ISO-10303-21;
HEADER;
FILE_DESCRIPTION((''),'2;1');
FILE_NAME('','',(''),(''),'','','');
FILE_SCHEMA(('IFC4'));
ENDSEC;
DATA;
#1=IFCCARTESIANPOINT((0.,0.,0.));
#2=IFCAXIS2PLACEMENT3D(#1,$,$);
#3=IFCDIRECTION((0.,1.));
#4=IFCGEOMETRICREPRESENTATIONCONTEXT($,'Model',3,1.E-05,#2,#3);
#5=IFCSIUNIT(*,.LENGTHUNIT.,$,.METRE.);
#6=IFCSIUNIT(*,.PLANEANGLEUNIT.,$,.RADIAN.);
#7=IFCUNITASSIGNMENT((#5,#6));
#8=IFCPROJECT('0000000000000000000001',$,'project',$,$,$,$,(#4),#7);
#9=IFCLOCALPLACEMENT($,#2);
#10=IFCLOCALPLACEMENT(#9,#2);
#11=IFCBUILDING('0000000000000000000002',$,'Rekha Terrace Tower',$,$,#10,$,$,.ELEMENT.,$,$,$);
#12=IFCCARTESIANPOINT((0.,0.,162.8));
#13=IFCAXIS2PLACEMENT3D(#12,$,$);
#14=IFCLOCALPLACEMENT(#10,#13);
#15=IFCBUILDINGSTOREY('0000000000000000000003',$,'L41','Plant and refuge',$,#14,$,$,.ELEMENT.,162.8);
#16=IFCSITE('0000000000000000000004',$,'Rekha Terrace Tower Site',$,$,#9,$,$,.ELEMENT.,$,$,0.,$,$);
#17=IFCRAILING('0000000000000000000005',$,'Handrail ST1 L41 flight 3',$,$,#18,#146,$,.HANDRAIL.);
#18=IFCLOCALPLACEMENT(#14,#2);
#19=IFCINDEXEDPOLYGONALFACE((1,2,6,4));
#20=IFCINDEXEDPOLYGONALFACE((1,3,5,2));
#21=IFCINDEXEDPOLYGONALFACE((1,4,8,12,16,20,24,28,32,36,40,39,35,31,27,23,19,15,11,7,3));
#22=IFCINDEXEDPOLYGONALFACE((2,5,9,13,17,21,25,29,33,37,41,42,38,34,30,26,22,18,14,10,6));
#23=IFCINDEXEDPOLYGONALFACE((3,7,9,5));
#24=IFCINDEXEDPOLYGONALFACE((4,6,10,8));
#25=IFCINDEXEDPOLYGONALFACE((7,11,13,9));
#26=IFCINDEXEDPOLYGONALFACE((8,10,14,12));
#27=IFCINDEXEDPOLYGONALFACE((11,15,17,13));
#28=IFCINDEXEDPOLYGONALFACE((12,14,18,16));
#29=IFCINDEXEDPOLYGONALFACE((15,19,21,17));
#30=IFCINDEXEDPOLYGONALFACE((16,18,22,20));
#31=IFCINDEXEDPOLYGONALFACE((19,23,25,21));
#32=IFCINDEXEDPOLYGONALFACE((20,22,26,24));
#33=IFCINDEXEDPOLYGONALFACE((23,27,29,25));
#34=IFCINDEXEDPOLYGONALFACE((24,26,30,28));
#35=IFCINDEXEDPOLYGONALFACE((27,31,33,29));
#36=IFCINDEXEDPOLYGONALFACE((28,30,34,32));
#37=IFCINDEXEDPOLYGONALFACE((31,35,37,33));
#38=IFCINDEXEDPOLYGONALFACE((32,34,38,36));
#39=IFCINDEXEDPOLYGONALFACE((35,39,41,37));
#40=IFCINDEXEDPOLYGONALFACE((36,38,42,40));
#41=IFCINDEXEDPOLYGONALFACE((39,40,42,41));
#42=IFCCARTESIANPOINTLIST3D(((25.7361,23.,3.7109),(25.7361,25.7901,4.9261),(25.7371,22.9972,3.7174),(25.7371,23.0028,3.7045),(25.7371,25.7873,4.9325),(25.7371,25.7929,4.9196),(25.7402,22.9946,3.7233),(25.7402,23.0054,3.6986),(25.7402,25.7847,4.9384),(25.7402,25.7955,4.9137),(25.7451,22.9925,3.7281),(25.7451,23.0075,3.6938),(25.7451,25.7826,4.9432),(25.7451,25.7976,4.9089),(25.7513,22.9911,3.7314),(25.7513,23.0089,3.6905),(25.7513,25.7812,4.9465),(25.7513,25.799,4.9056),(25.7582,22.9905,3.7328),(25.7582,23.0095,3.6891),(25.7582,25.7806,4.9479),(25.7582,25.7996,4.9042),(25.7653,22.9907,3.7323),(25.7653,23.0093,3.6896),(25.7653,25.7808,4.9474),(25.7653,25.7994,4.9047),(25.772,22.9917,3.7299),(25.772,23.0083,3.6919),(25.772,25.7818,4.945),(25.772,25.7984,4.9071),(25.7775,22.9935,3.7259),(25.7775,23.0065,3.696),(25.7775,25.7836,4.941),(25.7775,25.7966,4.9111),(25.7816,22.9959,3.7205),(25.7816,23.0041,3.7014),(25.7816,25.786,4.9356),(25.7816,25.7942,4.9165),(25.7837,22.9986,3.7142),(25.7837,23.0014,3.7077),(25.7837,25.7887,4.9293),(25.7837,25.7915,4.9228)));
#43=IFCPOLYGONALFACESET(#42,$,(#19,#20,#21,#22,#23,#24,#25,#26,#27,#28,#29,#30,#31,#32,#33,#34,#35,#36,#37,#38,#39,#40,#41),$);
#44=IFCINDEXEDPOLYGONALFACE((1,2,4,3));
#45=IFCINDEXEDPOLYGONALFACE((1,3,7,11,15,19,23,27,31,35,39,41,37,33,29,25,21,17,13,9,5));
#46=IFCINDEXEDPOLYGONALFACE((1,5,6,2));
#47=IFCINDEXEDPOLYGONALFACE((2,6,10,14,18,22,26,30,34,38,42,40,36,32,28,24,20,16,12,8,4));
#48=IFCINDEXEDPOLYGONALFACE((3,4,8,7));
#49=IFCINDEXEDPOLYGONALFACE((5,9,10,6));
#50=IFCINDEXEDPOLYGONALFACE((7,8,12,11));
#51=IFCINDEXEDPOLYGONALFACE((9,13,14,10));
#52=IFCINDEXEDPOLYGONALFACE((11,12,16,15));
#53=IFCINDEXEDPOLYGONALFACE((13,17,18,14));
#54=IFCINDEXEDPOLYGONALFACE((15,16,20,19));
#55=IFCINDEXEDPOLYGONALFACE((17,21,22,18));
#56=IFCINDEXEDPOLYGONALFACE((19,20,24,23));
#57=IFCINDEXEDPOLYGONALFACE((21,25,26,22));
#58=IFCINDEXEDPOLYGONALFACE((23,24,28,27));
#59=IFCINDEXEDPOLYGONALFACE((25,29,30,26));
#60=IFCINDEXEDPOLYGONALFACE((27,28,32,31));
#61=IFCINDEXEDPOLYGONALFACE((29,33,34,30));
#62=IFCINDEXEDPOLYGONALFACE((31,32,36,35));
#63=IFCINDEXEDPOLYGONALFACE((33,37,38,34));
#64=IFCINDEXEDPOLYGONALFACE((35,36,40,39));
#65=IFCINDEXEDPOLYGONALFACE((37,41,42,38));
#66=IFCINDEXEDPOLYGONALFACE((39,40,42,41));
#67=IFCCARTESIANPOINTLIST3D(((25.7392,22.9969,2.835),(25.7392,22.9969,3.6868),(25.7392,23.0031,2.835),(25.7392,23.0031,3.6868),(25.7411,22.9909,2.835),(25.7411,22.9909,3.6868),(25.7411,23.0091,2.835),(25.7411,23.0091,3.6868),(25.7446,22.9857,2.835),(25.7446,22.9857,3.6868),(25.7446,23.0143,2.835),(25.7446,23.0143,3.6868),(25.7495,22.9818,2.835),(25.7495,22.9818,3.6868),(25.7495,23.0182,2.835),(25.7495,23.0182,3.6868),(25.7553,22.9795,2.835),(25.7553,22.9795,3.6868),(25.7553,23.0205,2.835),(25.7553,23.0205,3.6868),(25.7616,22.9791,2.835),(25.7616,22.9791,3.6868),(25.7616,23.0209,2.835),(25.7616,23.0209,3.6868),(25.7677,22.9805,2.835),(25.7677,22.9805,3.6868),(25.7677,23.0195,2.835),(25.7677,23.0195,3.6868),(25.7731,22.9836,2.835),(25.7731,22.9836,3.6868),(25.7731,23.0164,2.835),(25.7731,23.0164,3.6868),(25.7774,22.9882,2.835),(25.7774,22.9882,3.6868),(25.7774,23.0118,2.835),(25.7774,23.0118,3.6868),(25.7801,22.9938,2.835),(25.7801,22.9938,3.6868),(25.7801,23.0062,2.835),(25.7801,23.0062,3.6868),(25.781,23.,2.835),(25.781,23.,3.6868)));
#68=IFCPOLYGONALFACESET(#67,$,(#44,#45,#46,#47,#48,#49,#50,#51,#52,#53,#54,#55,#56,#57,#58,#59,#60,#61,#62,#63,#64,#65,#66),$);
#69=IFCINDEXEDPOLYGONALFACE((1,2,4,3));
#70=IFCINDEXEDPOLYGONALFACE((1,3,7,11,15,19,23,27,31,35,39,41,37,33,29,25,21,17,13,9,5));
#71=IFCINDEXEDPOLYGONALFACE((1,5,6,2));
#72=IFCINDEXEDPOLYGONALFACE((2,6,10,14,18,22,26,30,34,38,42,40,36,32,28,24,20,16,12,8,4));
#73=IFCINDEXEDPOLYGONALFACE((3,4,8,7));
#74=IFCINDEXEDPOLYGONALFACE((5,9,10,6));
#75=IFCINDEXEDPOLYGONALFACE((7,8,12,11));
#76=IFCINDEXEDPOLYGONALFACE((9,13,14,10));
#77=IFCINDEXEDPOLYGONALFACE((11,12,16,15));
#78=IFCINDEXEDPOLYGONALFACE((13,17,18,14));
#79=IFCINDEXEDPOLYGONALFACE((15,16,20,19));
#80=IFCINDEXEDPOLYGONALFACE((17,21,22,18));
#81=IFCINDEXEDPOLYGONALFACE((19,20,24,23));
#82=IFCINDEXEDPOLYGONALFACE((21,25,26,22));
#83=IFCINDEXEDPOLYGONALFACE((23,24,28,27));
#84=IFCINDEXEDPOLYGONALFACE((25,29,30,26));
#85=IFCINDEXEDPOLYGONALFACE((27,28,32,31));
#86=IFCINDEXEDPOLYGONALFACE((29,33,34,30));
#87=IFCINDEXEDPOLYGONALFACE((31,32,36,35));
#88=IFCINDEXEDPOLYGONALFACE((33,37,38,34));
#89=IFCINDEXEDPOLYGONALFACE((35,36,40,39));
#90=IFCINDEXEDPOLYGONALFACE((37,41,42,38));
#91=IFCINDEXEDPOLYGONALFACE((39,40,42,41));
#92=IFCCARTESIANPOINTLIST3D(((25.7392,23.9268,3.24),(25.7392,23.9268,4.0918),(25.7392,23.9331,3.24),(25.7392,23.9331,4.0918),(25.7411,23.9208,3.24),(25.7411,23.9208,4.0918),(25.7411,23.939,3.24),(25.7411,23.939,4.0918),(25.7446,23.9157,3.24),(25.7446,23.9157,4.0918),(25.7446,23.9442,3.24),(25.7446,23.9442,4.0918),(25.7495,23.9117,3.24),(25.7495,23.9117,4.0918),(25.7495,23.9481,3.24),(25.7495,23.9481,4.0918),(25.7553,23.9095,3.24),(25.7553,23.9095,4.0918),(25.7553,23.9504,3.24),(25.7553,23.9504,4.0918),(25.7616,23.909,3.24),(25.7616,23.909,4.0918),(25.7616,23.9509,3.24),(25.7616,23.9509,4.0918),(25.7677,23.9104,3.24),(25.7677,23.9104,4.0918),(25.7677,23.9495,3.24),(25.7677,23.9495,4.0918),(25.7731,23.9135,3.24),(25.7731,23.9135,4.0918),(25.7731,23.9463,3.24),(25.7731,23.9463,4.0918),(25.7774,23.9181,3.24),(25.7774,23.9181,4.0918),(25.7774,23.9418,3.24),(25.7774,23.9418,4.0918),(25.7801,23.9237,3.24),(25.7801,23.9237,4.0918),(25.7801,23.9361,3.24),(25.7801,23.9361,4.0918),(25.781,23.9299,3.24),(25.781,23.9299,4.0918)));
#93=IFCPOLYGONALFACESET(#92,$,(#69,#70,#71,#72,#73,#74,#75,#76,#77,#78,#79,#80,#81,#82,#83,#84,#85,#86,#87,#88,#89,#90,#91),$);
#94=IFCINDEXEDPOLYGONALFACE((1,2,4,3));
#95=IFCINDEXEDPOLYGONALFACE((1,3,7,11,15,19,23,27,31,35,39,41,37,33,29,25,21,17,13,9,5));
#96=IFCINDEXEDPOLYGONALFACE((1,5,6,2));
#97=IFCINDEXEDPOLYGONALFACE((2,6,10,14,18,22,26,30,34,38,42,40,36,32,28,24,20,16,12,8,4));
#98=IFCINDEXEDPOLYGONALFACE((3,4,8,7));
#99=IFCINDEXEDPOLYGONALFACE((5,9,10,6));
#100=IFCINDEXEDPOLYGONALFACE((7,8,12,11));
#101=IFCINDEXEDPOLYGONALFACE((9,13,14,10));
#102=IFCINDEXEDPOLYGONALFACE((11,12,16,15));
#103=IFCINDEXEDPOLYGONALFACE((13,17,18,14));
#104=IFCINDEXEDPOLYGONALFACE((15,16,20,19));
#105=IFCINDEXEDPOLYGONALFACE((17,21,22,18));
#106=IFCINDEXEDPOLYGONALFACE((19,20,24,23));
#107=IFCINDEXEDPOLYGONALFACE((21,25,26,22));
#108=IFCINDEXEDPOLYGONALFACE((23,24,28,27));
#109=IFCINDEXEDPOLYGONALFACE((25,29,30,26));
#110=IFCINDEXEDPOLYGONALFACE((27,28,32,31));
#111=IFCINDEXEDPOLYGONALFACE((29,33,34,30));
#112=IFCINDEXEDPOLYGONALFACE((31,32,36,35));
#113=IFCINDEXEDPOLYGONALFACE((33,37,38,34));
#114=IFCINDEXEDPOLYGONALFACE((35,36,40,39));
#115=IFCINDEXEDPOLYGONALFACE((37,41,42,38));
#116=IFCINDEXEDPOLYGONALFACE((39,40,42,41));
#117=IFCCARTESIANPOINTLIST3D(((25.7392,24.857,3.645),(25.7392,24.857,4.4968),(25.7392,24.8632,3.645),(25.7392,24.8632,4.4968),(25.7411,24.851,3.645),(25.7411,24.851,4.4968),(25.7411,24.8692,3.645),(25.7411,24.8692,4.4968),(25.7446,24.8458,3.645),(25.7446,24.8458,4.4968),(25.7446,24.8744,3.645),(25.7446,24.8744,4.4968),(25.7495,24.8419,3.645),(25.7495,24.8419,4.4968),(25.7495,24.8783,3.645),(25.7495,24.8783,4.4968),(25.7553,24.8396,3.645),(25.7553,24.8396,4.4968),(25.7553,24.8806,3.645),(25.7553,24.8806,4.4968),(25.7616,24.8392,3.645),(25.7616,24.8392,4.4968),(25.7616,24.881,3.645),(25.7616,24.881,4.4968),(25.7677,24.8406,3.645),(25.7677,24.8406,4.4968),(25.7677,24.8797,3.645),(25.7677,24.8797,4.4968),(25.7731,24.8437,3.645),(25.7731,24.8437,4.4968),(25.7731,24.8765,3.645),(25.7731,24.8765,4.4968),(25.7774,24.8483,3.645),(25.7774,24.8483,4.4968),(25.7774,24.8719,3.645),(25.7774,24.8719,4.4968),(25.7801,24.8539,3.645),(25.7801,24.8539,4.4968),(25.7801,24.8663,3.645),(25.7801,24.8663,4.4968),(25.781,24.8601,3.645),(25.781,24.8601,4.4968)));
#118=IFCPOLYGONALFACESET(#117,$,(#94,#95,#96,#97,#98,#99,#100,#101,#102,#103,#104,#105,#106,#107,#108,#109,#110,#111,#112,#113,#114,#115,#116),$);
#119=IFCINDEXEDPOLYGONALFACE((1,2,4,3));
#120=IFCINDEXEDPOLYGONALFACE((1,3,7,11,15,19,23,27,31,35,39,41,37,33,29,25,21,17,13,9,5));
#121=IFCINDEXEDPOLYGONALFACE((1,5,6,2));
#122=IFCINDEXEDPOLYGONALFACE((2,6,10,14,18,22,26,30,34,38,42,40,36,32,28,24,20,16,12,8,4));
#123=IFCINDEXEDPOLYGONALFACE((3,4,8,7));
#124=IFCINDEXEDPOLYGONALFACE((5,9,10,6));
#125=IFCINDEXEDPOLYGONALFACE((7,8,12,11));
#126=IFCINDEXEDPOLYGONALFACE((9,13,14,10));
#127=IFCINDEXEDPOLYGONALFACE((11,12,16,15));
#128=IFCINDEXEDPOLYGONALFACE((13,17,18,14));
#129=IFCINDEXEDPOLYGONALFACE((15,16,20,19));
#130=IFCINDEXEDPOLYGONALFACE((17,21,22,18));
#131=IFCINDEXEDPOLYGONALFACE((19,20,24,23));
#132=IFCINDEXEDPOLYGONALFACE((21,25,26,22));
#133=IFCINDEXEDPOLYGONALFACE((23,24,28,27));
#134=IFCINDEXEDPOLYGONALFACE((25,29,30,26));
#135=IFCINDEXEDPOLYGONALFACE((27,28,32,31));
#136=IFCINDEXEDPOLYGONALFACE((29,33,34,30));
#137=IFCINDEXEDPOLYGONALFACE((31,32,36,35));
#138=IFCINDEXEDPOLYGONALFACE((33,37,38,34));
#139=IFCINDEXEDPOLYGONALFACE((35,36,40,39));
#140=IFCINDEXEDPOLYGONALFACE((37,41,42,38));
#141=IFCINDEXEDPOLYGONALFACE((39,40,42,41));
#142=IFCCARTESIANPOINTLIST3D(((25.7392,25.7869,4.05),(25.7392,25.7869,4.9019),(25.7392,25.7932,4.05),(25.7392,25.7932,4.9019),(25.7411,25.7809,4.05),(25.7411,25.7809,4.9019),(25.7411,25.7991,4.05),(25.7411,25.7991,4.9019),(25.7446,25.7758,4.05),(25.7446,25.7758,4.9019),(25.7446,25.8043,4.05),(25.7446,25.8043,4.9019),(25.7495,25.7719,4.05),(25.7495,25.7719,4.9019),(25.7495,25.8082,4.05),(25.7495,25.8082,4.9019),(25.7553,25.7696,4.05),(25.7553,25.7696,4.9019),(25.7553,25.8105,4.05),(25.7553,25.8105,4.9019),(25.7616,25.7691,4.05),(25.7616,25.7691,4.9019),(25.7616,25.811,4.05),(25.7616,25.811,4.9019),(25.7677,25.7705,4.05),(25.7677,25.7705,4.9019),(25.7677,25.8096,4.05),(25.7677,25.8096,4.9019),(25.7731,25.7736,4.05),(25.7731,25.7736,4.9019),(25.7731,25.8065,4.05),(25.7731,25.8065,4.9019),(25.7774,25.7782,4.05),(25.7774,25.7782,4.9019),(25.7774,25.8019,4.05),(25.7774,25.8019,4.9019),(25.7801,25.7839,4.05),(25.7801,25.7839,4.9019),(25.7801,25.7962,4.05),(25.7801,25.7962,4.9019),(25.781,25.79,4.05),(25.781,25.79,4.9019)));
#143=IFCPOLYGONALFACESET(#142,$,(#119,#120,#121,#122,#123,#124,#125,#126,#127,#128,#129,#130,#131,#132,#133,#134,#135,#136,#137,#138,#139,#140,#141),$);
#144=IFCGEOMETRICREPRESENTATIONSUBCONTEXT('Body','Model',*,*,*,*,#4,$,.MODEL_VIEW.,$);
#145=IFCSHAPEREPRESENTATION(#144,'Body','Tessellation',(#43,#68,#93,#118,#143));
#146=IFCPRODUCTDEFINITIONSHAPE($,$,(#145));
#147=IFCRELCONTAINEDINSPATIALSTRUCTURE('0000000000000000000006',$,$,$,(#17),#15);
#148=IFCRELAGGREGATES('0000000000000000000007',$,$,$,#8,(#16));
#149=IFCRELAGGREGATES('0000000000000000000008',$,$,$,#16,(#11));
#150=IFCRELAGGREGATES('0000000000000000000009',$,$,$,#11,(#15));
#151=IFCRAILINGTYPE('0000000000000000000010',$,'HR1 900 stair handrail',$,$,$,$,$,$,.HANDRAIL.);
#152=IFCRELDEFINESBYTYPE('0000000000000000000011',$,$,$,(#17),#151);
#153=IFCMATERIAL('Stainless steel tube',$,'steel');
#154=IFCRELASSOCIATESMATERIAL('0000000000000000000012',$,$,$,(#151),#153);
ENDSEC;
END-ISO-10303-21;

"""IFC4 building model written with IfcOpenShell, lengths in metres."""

from ifc_helpers import new_model, si_unit, direction, frame, origin, origin_2d, place, context, subcontext, project, spatial, circle, extrude, material, type_object, element, save


model = new_model("IFC4")

# Units and contexts
model_context = context("Model", 3, precision=1e-05, world=origin(), true_north=direction((0.0, 1.0)))
body_context = subcontext(model_context, "Body", "Model", "MODEL_VIEW")
ifc_project = project(units=[si_unit("LENGTHUNIT", "METRE"), si_unit("PLANEANGLEUNIT", "RADIAN")], contexts=[model_context])

# Site, building, storey
site_placement = place(None, origin())
site = spatial("IfcSite", under=ifc_project, at=site_placement, Name="Rekha Terrace Tower Site", CompositionType="ELEMENT", RefElevation=0.0)
building_placement = place(site_placement, origin())
building = spatial("IfcBuilding", under=site, at=building_placement, Name="Rekha Terrace Tower", CompositionType="ELEMENT")
storey_placement = place(building_placement, frame((0.0, 0.0, 162.8)))
storey = spatial("IfcBuildingStorey", under=building, at=storey_placement, Name="L41", Description="Plant and refuge", CompositionType="ELEMENT", Elevation=162.8)

# Railing
ifc_material_1 = material(Name="Stainless steel tube", Category="steel")
railing_type_1 = type_object("IfcRailingType", Name="HR1 900 stair handrail", PredefinedType="HANDRAIL", material=ifc_material_1)
railing_1_placement = place(storey_placement, frame((25.76, 23.0, 2.835)))
element("IfcRailing", 1, at=railing_1_placement, inside=storey, type_object=railing_type_1, Name="Handrail ST1 L41 flight 3", PredefinedType="HANDRAIL", context=body_context, shape_type="SweptSolid", body=[
    extrude(circle(Radius=0.0239, at=origin_2d()), frame((0.0, 0.0, 0.876), z_axis=(0.0, 0.916826, 0.399286), x_axis=(-1.0, 0.0, 0.0)), (0.0, 0.0, 1.0), 3.0432),
    extrude(circle(Radius=0.021, at=origin_2d()), origin(), (0.0, 0.0, 1.0), 0.8518),
    extrude(circle(Radius=0.021, at=origin_2d()), frame((0.0, 0.9299, 0.405)), (0.0, 0.0, 1.0), 0.8518),
    extrude(circle(Radius=0.021, at=origin_2d()), frame((0.0, 1.8601, 0.8101)), (0.0, 0.0, 1.0), 0.8518),
    extrude(circle(Radius=0.021, at=origin_2d()), frame((0.0, 2.79, 1.2151)), (0.0, 0.0, 1.0), 0.8518),
])

save(model, "model.ifc")
